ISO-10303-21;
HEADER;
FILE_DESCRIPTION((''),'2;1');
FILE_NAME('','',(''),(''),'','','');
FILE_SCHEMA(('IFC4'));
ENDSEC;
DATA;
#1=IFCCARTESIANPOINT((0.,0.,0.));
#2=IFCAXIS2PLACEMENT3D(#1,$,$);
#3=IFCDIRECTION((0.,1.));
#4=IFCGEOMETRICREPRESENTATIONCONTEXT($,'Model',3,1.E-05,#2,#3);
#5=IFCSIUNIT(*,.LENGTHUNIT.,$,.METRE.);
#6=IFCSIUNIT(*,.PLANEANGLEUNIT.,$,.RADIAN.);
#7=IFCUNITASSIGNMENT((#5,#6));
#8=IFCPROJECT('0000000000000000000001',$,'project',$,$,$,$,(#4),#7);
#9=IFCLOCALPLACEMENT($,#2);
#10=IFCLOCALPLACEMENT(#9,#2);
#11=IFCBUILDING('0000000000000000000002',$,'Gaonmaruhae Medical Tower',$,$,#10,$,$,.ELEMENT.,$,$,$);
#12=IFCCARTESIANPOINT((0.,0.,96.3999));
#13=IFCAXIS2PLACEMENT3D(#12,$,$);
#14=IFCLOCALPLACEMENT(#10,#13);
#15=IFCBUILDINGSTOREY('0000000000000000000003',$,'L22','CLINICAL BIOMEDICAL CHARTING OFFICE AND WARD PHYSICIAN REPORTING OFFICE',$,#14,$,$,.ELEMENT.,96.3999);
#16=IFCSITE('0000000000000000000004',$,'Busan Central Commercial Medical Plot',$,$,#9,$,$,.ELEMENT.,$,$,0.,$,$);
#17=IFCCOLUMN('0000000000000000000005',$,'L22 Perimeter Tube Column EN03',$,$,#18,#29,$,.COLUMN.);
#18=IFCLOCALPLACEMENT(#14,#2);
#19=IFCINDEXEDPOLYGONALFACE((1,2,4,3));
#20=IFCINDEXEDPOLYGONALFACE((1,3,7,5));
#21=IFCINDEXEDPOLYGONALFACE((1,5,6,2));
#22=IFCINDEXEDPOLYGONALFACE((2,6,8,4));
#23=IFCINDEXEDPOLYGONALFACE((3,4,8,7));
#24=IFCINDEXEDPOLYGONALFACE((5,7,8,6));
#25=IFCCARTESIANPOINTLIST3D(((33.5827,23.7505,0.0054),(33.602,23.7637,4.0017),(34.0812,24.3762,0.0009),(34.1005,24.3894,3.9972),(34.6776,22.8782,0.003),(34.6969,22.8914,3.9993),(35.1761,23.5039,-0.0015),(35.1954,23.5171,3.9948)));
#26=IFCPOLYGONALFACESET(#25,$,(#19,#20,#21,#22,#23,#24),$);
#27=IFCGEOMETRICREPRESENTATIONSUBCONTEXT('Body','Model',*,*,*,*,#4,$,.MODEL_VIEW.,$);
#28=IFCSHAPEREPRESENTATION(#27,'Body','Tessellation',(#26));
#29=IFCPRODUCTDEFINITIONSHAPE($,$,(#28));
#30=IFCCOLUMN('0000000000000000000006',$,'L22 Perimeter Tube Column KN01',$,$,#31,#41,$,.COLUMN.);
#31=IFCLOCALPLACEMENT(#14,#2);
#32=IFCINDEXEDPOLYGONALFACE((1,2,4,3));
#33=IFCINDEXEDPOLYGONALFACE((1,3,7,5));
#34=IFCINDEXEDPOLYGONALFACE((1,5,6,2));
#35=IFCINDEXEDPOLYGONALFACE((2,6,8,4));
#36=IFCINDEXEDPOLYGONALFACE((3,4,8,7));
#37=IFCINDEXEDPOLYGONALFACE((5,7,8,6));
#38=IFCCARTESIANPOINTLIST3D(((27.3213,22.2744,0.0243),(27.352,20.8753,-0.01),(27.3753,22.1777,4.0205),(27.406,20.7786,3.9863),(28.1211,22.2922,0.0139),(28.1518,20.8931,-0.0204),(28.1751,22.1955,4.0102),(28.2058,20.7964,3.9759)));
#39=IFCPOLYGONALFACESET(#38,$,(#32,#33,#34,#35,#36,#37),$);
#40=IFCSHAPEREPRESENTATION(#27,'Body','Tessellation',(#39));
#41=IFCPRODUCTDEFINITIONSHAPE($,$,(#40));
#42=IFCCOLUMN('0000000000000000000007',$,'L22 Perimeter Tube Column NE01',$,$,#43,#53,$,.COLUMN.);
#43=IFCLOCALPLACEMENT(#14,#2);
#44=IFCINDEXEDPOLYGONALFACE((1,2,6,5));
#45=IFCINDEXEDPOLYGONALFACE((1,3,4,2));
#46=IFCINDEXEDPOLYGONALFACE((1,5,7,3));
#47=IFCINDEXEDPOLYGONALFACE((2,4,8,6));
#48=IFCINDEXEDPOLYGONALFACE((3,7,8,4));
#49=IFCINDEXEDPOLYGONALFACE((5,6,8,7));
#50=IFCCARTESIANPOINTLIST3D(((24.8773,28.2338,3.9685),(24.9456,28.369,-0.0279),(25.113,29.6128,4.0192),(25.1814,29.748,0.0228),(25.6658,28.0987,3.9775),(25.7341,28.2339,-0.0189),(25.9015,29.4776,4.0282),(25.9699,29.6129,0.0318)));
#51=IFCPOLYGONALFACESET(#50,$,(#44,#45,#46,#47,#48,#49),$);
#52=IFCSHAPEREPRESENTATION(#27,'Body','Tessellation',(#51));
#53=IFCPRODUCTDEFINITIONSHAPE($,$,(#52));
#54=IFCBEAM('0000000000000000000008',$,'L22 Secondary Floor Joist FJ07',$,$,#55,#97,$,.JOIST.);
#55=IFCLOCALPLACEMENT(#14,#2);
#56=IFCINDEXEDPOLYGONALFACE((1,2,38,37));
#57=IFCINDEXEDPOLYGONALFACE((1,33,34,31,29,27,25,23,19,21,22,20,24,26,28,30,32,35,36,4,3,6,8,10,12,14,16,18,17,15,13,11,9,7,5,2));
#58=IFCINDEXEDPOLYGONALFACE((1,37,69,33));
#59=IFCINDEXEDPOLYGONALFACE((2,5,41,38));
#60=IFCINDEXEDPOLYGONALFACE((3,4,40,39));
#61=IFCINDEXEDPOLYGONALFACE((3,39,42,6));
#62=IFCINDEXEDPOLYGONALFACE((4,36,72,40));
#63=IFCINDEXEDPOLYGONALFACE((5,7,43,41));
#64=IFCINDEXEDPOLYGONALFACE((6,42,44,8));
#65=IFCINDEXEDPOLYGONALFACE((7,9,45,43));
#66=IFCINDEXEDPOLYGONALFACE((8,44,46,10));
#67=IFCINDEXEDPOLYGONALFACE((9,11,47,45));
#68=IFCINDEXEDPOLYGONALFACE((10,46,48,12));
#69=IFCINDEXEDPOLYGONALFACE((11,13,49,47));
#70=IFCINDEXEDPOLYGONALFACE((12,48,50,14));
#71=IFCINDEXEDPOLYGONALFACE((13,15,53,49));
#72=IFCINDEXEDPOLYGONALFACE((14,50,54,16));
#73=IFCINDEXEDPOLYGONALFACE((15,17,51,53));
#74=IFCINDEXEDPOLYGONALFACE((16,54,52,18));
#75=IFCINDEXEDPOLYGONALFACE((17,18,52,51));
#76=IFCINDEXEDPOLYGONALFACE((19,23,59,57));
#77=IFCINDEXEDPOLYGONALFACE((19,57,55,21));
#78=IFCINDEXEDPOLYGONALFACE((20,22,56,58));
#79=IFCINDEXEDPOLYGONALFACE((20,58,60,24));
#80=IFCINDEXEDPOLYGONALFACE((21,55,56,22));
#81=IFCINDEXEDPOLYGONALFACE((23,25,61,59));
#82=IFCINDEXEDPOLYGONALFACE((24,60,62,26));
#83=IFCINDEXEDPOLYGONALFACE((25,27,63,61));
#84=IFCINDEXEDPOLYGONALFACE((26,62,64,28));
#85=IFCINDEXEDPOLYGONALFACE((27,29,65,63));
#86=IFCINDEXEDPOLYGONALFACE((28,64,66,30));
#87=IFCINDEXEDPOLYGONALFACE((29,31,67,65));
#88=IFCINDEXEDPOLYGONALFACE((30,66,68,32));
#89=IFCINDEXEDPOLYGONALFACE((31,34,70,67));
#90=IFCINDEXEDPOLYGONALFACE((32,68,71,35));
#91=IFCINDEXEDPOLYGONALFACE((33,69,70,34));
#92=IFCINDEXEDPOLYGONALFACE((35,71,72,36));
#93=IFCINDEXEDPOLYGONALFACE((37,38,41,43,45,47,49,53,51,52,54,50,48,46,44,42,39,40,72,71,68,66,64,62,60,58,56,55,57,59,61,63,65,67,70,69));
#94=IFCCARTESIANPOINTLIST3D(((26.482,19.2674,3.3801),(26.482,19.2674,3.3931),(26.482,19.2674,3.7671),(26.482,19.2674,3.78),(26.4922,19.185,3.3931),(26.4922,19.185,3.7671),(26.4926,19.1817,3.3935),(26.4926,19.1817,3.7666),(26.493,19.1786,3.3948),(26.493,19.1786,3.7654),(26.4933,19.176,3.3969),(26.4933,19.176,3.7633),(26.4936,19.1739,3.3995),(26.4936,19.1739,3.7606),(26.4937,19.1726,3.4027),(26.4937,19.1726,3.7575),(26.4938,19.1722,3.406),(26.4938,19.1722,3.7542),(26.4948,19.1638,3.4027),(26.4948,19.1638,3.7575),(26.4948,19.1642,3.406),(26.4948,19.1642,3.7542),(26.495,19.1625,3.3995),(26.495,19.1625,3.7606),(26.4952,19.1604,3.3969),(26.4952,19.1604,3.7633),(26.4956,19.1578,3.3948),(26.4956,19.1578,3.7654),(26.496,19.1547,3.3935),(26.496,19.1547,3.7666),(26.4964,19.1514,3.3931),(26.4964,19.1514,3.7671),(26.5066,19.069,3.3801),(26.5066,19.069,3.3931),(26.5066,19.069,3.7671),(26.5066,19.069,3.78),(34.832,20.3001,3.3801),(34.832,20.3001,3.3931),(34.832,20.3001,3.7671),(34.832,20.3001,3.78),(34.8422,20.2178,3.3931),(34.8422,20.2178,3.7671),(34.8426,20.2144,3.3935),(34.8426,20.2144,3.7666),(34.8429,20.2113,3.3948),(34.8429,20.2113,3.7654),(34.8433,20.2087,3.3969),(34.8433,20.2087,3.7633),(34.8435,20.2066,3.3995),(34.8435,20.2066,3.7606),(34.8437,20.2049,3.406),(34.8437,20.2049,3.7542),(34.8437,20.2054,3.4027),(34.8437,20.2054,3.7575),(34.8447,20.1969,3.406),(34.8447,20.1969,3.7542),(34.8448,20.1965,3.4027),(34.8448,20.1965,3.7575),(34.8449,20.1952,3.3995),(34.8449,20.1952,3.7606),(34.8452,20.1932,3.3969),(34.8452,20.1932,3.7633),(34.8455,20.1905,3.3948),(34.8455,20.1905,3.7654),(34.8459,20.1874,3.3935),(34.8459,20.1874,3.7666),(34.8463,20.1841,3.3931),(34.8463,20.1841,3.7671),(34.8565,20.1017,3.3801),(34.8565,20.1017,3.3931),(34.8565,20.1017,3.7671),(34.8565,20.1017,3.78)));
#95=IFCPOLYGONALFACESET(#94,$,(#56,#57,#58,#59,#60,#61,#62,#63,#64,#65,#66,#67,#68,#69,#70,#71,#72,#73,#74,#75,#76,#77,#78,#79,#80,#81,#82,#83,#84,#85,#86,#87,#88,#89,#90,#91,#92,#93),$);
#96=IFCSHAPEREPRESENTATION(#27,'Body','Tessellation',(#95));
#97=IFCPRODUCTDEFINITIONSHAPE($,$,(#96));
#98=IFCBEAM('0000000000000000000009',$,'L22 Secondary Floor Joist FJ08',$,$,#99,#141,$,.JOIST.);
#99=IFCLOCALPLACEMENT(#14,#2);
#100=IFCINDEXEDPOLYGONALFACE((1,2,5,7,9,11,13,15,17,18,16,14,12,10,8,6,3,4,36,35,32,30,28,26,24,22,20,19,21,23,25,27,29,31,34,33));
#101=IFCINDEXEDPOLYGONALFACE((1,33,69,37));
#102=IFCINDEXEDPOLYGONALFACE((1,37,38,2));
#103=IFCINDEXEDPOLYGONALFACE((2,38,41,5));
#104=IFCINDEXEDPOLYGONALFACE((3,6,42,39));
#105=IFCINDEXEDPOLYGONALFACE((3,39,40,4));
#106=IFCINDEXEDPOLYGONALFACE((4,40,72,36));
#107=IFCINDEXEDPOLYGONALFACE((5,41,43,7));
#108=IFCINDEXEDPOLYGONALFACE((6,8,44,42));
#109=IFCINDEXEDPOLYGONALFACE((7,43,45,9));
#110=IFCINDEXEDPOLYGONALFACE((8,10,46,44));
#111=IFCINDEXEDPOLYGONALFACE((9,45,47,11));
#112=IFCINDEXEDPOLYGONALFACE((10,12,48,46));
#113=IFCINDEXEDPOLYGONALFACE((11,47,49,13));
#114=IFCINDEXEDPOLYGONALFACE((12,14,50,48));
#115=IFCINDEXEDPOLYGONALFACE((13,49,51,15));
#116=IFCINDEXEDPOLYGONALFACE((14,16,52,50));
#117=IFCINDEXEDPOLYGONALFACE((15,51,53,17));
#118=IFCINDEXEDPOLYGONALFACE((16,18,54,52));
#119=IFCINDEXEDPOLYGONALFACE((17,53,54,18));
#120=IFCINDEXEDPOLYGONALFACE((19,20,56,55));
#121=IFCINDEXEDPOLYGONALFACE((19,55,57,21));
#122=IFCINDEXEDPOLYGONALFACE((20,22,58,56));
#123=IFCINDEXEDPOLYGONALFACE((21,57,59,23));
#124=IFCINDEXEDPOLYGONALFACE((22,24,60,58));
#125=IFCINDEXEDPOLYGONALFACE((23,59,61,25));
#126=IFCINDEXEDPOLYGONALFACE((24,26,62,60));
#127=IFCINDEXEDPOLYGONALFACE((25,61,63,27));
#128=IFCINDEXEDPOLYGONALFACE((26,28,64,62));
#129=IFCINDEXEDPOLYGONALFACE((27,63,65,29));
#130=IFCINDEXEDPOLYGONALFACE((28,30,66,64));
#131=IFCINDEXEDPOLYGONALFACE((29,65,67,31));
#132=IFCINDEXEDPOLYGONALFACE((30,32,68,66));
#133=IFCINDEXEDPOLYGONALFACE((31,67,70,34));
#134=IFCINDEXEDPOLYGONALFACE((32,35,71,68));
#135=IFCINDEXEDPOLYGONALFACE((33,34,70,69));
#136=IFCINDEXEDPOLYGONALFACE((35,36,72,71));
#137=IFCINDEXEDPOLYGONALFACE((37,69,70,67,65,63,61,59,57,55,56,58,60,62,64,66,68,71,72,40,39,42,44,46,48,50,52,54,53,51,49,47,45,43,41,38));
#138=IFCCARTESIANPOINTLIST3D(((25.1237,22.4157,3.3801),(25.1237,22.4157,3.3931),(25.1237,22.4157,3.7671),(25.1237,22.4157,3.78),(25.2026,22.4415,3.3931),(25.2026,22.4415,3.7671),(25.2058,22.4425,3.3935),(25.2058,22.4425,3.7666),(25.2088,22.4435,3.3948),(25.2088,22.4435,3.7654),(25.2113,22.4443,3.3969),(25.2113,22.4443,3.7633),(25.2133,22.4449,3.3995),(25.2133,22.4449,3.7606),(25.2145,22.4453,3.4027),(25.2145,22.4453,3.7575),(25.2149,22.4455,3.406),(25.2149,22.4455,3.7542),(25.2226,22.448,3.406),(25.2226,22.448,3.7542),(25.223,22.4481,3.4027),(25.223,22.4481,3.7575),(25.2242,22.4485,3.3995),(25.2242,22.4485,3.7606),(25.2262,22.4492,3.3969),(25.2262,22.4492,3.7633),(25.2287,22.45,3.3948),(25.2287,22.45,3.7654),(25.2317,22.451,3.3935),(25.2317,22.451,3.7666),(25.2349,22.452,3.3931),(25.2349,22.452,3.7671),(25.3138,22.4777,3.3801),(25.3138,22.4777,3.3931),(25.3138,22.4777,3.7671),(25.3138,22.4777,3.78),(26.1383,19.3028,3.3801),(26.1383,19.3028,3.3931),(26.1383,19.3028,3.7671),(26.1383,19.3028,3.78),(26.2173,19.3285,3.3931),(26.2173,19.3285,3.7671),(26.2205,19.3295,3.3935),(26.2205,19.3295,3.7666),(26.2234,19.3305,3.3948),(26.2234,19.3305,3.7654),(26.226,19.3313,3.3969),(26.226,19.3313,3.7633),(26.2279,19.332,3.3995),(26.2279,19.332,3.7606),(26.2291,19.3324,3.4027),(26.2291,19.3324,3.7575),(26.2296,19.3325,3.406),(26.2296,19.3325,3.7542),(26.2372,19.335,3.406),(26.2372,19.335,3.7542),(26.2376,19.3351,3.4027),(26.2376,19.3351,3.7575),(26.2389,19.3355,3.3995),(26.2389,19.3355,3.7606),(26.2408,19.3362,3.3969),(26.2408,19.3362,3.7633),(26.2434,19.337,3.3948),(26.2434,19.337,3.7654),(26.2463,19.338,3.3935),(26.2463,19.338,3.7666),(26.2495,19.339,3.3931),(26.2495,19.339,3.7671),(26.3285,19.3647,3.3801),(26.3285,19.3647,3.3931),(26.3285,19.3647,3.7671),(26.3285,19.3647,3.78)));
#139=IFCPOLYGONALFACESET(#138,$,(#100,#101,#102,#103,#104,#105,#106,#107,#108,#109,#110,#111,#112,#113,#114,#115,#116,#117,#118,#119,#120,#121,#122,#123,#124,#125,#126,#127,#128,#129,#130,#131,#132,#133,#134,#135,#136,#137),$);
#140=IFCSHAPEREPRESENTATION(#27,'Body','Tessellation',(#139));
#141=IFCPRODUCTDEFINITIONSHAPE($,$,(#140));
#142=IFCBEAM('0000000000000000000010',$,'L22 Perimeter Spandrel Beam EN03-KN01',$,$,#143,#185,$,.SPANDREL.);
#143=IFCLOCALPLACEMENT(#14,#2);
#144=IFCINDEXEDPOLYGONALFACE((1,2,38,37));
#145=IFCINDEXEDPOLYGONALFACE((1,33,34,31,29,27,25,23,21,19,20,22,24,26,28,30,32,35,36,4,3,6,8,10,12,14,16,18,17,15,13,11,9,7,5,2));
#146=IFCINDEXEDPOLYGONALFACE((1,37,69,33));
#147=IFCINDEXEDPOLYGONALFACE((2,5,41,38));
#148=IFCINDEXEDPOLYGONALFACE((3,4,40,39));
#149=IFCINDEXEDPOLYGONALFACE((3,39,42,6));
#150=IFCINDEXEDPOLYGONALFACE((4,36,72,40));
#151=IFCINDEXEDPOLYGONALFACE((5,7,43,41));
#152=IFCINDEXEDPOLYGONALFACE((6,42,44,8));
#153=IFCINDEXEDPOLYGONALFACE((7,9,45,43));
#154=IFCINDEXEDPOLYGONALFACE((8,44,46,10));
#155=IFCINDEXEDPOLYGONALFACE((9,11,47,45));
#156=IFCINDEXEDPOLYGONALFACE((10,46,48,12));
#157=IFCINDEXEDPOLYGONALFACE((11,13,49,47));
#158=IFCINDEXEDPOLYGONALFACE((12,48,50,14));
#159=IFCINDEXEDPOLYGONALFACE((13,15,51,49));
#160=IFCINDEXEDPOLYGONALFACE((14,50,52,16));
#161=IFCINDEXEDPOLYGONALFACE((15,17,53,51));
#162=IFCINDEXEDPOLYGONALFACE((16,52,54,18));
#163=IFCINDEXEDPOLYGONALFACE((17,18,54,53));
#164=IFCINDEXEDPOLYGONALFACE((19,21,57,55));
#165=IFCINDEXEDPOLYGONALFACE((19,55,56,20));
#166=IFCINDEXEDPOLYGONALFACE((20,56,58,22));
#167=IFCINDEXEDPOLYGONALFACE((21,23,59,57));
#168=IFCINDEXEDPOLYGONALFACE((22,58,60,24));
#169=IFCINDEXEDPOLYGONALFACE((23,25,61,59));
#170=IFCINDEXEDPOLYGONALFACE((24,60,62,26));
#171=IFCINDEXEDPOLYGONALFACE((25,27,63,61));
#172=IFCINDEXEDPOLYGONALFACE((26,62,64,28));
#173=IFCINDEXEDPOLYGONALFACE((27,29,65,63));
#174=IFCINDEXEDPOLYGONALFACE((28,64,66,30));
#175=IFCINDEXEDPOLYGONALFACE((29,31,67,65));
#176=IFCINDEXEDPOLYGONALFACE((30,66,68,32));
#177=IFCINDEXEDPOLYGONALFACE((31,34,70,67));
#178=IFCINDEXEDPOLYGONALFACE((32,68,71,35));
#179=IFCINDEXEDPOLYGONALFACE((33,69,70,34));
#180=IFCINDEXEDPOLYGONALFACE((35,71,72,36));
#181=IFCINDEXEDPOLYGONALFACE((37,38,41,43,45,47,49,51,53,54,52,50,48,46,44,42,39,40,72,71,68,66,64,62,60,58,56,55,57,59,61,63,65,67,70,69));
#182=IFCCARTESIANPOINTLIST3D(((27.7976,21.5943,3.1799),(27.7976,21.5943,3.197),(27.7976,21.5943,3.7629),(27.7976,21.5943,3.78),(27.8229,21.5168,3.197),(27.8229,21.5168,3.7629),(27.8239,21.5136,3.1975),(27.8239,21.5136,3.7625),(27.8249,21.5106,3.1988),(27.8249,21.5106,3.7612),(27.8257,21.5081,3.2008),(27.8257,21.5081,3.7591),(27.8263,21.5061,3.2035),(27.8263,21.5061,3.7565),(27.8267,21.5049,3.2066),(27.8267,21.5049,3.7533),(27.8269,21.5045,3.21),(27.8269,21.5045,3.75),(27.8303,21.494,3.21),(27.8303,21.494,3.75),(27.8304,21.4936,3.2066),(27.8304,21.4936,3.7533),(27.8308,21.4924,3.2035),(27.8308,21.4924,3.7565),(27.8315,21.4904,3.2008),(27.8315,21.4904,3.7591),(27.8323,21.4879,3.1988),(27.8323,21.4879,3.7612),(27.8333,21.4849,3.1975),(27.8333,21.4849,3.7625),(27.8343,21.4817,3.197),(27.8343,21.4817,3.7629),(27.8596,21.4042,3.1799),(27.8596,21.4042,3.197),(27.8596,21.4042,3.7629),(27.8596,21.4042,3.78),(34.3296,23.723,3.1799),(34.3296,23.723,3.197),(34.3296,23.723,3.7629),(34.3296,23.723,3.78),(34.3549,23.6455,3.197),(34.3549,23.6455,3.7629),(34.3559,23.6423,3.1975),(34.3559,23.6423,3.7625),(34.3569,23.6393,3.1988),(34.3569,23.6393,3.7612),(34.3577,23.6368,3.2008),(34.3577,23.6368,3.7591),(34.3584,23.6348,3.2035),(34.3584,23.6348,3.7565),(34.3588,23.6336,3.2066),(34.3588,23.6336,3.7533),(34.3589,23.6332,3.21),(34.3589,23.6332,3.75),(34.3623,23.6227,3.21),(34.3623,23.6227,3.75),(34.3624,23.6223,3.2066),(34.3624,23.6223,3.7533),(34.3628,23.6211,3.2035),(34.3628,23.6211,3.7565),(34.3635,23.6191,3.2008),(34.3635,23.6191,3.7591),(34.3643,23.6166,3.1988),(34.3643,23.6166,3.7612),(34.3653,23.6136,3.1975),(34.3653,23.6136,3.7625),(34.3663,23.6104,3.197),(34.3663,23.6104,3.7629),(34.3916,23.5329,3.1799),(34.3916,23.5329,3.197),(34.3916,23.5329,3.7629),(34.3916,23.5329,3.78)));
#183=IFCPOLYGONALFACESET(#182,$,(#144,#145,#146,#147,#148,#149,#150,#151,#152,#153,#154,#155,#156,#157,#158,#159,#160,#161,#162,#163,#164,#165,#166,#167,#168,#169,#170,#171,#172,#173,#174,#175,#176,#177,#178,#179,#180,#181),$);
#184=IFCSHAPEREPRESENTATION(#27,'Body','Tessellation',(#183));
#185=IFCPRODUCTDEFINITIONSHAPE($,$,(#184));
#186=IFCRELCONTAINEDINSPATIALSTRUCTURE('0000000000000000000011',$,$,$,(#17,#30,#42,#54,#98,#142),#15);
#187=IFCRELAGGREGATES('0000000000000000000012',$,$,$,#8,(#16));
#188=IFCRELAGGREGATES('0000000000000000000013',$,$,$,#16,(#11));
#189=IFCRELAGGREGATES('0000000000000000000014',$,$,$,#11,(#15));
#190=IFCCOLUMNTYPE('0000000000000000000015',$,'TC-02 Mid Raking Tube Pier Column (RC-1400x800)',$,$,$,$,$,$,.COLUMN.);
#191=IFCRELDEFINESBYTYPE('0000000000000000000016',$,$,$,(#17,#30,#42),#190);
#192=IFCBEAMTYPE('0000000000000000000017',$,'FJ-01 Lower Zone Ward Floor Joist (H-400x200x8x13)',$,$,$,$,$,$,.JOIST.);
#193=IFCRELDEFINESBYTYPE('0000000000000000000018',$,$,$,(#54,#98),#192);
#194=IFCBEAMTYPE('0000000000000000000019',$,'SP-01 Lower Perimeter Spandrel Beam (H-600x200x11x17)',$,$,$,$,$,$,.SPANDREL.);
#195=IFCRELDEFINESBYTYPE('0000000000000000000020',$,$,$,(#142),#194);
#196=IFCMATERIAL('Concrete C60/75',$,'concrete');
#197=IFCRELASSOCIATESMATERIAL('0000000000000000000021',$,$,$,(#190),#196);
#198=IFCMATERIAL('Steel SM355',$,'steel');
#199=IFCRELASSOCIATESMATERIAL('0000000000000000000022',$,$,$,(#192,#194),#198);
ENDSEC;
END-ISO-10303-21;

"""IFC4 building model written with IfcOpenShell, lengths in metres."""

from ifc_helpers import new_model, si_unit, direction, frame, origin, origin_2d, place, context, subcontext, project, spatial, rectangle, i_section, extrude, material, material_profile, profile_set, type_object, element, save


model = new_model("IFC4")

# Units and contexts
model_context = context("Model", 3, precision=1e-05, world=origin(), true_north=direction((0.0, 1.0)))
body_context = subcontext(model_context, "Body", "Model", "MODEL_VIEW")
ifc_project = project(units=[si_unit("LENGTHUNIT", "METRE"), si_unit("PLANEANGLEUNIT", "RADIAN")], contexts=[model_context])

# Site, building, storey
site_placement = place(None, origin())
site = spatial("IfcSite", under=ifc_project, at=site_placement, Name="Busan Central Commercial Medical Plot", CompositionType="ELEMENT", RefElevation=0.0)
building_placement = place(site_placement, origin())
building = spatial("IfcBuilding", under=site, at=building_placement, Name="Gaonmaruhae Medical Tower", CompositionType="ELEMENT")
storey_placement = place(building_placement, frame((0.0, 0.0, 96.3999)))
storey = spatial("IfcBuildingStorey", under=building, at=storey_placement, Name="L22", Description="CLINICAL BIOMEDICAL CHARTING OFFICE AND WARD PHYSICIAN REPORTING OFFICE", CompositionType="ELEMENT", Elevation=96.3999)

# Columns
ifc_material_1 = material(Name="Concrete C60/75", Category="concrete")
ifc_material_profile_1 = material_profile(ifc_material_1, rectangle(XDim=1.3999, YDim=0.8, at=origin_2d()), Name="RC-1400x800")
ifc_profile_set_1 = profile_set([ifc_material_profile_1], Name="Concrete C60/75")
column_type = type_object("IfcColumnType", Name="TC-02 Mid Raking Tube Pier Column (RC-1400x800)", PredefinedType="COLUMN", material=ifc_profile_set_1)
column_1_placement = place(storey_placement, frame((34.3794, 23.6272, 0.002), z_axis=(0.004826, 0.003299, 0.999983), x_axis=(-0.782108, 0.623141, 0.001719)))
element("IfcColumn", 1, at=column_1_placement, inside=storey, type_object=column_type, Name="L22 Perimeter Tube Column EN03", PredefinedType="COLUMN", context=body_context, shape_type="SweptSolid", body=[
    extrude(rectangle(XDim=1.3999, YDim=0.8, at=origin_2d()), origin(), (0.0, 0.0, 1.0), 3.9963),
])
column_2_placement = place(storey_placement, frame((27.7366, 21.5837, 0.002), z_axis=(0.013496, -0.024183, 0.999616), x_axis=(-0.021912, 0.99946, 0.024475)))
element("IfcColumn", 2, at=column_2_placement, inside=storey, type_object=column_type, Name="L22 Perimeter Tube Column KN01", PredefinedType="COLUMN", context=body_context, shape_type="SweptSolid", body=[
    extrude(rectangle(XDim=1.3999, YDim=0.8, at=origin_2d()), origin(), (0.0, 0.0, 1.0), 3.9978),
])
column_3_placement = place(storey_placement, frame((25.4578, 28.991, 0.002), z_axis=(-0.017093, -0.03382, 0.999282), x_axis=(0.168399, 0.985053, 0.036219)))
element("IfcColumn", 3, at=column_3_placement, inside=storey, type_object=column_type, Name="L22 Perimeter Tube Column NE01", PredefinedType="COLUMN", context=body_context, shape_type="SweptSolid", body=[
    extrude(rectangle(XDim=1.3999, YDim=0.8, at=origin_2d()), origin(), (0.0, 0.0, 1.0), 3.9993),
])

# Beams
ifc_material_2 = material(Name="Steel SM355", Category="steel")
ifc_material_profile_2 = material_profile(ifc_material_2, i_section(OverallWidth=0.2, OverallDepth=0.3999, WebThickness=0.0081, FlangeThickness=0.0129, FilletRadius=0.0129, at=origin_2d()), Name="H-400x200x8x13")
ifc_profile_set_2 = profile_set([ifc_material_profile_2], Name="Steel SM355")
beam_type_1 = type_object("IfcBeamType", Name="FJ-01 Lower Zone Ward Floor Joist (H-400x200x8x13)", PredefinedType="JOIST", material=ifc_profile_set_2)
beam_1_placement = place(storey_placement, frame((34.8442, 20.2009, 3.5801), z_axis=(-0.992438, -0.122745, 0.0), x_axis=(0.122745, -0.992438, 0.0)))
element("IfcBeam", 4, at=beam_1_placement, inside=storey, type_object=beam_type_1, Name="L22 Secondary Floor Joist FJ07", PredefinedType="JOIST", context=body_context, shape_type="SweptSolid", body=[
    extrude(i_section(OverallWidth=0.2, OverallDepth=0.3999, WebThickness=0.0081, FlangeThickness=0.0129, FilletRadius=0.0129, at=origin_2d()), origin(), (0.0, 0.0, 1.0), 8.4136),
])
beam_2_placement = place(storey_placement, frame((26.2334, 19.3337, 3.5801), z_axis=(-0.30989, 0.950772, 0.0), x_axis=(-0.950772, -0.30989, 0.0)))
element("IfcBeam", 5, at=beam_2_placement, inside=storey, type_object=beam_type_1, Name="L22 Secondary Floor Joist FJ08", PredefinedType="JOIST", context=body_context, shape_type="SweptSolid", body=[
    extrude(i_section(OverallWidth=0.2, OverallDepth=0.3999, WebThickness=0.0081, FlangeThickness=0.0129, FilletRadius=0.0129, at=origin_2d()), origin(), (0.0, 0.0, 1.0), 3.2742),
])
ifc_material_profile_3 = material_profile(ifc_material_2, i_section(OverallWidth=0.2, OverallDepth=0.6001, WebThickness=0.011, FlangeThickness=0.0171, FilletRadius=0.0129, at=origin_2d()), Name="H-600x200x11x17")
ifc_profile_set_3 = profile_set([ifc_material_profile_3], Name="Steel SM355")
beam_type_2 = type_object("IfcBeamType", Name="SP-01 Lower Perimeter Spandrel Beam (H-600x200x11x17)", PredefinedType="SPANDREL", material=ifc_profile_set_3)
beam_3_placement = place(storey_placement, frame((34.3606, 23.6279, 3.48), z_axis=(-0.950787, -0.309845, 0.0), x_axis=(0.309845, -0.950787, 0.0)))
element("IfcBeam", 6, at=beam_3_placement, inside=storey, type_object=beam_type_2, Name="L22 Perimeter Spandrel Beam EN03-KN01", PredefinedType="SPANDREL", context=body_context, shape_type="SweptSolid", body=[
    extrude(i_section(OverallWidth=0.2, OverallDepth=0.6001, WebThickness=0.011, FlangeThickness=0.0171, FilletRadius=0.0129, at=origin_2d()), origin(), (0.0, 0.0, 1.0), 6.8701),
])

save(model, "model.ifc")
